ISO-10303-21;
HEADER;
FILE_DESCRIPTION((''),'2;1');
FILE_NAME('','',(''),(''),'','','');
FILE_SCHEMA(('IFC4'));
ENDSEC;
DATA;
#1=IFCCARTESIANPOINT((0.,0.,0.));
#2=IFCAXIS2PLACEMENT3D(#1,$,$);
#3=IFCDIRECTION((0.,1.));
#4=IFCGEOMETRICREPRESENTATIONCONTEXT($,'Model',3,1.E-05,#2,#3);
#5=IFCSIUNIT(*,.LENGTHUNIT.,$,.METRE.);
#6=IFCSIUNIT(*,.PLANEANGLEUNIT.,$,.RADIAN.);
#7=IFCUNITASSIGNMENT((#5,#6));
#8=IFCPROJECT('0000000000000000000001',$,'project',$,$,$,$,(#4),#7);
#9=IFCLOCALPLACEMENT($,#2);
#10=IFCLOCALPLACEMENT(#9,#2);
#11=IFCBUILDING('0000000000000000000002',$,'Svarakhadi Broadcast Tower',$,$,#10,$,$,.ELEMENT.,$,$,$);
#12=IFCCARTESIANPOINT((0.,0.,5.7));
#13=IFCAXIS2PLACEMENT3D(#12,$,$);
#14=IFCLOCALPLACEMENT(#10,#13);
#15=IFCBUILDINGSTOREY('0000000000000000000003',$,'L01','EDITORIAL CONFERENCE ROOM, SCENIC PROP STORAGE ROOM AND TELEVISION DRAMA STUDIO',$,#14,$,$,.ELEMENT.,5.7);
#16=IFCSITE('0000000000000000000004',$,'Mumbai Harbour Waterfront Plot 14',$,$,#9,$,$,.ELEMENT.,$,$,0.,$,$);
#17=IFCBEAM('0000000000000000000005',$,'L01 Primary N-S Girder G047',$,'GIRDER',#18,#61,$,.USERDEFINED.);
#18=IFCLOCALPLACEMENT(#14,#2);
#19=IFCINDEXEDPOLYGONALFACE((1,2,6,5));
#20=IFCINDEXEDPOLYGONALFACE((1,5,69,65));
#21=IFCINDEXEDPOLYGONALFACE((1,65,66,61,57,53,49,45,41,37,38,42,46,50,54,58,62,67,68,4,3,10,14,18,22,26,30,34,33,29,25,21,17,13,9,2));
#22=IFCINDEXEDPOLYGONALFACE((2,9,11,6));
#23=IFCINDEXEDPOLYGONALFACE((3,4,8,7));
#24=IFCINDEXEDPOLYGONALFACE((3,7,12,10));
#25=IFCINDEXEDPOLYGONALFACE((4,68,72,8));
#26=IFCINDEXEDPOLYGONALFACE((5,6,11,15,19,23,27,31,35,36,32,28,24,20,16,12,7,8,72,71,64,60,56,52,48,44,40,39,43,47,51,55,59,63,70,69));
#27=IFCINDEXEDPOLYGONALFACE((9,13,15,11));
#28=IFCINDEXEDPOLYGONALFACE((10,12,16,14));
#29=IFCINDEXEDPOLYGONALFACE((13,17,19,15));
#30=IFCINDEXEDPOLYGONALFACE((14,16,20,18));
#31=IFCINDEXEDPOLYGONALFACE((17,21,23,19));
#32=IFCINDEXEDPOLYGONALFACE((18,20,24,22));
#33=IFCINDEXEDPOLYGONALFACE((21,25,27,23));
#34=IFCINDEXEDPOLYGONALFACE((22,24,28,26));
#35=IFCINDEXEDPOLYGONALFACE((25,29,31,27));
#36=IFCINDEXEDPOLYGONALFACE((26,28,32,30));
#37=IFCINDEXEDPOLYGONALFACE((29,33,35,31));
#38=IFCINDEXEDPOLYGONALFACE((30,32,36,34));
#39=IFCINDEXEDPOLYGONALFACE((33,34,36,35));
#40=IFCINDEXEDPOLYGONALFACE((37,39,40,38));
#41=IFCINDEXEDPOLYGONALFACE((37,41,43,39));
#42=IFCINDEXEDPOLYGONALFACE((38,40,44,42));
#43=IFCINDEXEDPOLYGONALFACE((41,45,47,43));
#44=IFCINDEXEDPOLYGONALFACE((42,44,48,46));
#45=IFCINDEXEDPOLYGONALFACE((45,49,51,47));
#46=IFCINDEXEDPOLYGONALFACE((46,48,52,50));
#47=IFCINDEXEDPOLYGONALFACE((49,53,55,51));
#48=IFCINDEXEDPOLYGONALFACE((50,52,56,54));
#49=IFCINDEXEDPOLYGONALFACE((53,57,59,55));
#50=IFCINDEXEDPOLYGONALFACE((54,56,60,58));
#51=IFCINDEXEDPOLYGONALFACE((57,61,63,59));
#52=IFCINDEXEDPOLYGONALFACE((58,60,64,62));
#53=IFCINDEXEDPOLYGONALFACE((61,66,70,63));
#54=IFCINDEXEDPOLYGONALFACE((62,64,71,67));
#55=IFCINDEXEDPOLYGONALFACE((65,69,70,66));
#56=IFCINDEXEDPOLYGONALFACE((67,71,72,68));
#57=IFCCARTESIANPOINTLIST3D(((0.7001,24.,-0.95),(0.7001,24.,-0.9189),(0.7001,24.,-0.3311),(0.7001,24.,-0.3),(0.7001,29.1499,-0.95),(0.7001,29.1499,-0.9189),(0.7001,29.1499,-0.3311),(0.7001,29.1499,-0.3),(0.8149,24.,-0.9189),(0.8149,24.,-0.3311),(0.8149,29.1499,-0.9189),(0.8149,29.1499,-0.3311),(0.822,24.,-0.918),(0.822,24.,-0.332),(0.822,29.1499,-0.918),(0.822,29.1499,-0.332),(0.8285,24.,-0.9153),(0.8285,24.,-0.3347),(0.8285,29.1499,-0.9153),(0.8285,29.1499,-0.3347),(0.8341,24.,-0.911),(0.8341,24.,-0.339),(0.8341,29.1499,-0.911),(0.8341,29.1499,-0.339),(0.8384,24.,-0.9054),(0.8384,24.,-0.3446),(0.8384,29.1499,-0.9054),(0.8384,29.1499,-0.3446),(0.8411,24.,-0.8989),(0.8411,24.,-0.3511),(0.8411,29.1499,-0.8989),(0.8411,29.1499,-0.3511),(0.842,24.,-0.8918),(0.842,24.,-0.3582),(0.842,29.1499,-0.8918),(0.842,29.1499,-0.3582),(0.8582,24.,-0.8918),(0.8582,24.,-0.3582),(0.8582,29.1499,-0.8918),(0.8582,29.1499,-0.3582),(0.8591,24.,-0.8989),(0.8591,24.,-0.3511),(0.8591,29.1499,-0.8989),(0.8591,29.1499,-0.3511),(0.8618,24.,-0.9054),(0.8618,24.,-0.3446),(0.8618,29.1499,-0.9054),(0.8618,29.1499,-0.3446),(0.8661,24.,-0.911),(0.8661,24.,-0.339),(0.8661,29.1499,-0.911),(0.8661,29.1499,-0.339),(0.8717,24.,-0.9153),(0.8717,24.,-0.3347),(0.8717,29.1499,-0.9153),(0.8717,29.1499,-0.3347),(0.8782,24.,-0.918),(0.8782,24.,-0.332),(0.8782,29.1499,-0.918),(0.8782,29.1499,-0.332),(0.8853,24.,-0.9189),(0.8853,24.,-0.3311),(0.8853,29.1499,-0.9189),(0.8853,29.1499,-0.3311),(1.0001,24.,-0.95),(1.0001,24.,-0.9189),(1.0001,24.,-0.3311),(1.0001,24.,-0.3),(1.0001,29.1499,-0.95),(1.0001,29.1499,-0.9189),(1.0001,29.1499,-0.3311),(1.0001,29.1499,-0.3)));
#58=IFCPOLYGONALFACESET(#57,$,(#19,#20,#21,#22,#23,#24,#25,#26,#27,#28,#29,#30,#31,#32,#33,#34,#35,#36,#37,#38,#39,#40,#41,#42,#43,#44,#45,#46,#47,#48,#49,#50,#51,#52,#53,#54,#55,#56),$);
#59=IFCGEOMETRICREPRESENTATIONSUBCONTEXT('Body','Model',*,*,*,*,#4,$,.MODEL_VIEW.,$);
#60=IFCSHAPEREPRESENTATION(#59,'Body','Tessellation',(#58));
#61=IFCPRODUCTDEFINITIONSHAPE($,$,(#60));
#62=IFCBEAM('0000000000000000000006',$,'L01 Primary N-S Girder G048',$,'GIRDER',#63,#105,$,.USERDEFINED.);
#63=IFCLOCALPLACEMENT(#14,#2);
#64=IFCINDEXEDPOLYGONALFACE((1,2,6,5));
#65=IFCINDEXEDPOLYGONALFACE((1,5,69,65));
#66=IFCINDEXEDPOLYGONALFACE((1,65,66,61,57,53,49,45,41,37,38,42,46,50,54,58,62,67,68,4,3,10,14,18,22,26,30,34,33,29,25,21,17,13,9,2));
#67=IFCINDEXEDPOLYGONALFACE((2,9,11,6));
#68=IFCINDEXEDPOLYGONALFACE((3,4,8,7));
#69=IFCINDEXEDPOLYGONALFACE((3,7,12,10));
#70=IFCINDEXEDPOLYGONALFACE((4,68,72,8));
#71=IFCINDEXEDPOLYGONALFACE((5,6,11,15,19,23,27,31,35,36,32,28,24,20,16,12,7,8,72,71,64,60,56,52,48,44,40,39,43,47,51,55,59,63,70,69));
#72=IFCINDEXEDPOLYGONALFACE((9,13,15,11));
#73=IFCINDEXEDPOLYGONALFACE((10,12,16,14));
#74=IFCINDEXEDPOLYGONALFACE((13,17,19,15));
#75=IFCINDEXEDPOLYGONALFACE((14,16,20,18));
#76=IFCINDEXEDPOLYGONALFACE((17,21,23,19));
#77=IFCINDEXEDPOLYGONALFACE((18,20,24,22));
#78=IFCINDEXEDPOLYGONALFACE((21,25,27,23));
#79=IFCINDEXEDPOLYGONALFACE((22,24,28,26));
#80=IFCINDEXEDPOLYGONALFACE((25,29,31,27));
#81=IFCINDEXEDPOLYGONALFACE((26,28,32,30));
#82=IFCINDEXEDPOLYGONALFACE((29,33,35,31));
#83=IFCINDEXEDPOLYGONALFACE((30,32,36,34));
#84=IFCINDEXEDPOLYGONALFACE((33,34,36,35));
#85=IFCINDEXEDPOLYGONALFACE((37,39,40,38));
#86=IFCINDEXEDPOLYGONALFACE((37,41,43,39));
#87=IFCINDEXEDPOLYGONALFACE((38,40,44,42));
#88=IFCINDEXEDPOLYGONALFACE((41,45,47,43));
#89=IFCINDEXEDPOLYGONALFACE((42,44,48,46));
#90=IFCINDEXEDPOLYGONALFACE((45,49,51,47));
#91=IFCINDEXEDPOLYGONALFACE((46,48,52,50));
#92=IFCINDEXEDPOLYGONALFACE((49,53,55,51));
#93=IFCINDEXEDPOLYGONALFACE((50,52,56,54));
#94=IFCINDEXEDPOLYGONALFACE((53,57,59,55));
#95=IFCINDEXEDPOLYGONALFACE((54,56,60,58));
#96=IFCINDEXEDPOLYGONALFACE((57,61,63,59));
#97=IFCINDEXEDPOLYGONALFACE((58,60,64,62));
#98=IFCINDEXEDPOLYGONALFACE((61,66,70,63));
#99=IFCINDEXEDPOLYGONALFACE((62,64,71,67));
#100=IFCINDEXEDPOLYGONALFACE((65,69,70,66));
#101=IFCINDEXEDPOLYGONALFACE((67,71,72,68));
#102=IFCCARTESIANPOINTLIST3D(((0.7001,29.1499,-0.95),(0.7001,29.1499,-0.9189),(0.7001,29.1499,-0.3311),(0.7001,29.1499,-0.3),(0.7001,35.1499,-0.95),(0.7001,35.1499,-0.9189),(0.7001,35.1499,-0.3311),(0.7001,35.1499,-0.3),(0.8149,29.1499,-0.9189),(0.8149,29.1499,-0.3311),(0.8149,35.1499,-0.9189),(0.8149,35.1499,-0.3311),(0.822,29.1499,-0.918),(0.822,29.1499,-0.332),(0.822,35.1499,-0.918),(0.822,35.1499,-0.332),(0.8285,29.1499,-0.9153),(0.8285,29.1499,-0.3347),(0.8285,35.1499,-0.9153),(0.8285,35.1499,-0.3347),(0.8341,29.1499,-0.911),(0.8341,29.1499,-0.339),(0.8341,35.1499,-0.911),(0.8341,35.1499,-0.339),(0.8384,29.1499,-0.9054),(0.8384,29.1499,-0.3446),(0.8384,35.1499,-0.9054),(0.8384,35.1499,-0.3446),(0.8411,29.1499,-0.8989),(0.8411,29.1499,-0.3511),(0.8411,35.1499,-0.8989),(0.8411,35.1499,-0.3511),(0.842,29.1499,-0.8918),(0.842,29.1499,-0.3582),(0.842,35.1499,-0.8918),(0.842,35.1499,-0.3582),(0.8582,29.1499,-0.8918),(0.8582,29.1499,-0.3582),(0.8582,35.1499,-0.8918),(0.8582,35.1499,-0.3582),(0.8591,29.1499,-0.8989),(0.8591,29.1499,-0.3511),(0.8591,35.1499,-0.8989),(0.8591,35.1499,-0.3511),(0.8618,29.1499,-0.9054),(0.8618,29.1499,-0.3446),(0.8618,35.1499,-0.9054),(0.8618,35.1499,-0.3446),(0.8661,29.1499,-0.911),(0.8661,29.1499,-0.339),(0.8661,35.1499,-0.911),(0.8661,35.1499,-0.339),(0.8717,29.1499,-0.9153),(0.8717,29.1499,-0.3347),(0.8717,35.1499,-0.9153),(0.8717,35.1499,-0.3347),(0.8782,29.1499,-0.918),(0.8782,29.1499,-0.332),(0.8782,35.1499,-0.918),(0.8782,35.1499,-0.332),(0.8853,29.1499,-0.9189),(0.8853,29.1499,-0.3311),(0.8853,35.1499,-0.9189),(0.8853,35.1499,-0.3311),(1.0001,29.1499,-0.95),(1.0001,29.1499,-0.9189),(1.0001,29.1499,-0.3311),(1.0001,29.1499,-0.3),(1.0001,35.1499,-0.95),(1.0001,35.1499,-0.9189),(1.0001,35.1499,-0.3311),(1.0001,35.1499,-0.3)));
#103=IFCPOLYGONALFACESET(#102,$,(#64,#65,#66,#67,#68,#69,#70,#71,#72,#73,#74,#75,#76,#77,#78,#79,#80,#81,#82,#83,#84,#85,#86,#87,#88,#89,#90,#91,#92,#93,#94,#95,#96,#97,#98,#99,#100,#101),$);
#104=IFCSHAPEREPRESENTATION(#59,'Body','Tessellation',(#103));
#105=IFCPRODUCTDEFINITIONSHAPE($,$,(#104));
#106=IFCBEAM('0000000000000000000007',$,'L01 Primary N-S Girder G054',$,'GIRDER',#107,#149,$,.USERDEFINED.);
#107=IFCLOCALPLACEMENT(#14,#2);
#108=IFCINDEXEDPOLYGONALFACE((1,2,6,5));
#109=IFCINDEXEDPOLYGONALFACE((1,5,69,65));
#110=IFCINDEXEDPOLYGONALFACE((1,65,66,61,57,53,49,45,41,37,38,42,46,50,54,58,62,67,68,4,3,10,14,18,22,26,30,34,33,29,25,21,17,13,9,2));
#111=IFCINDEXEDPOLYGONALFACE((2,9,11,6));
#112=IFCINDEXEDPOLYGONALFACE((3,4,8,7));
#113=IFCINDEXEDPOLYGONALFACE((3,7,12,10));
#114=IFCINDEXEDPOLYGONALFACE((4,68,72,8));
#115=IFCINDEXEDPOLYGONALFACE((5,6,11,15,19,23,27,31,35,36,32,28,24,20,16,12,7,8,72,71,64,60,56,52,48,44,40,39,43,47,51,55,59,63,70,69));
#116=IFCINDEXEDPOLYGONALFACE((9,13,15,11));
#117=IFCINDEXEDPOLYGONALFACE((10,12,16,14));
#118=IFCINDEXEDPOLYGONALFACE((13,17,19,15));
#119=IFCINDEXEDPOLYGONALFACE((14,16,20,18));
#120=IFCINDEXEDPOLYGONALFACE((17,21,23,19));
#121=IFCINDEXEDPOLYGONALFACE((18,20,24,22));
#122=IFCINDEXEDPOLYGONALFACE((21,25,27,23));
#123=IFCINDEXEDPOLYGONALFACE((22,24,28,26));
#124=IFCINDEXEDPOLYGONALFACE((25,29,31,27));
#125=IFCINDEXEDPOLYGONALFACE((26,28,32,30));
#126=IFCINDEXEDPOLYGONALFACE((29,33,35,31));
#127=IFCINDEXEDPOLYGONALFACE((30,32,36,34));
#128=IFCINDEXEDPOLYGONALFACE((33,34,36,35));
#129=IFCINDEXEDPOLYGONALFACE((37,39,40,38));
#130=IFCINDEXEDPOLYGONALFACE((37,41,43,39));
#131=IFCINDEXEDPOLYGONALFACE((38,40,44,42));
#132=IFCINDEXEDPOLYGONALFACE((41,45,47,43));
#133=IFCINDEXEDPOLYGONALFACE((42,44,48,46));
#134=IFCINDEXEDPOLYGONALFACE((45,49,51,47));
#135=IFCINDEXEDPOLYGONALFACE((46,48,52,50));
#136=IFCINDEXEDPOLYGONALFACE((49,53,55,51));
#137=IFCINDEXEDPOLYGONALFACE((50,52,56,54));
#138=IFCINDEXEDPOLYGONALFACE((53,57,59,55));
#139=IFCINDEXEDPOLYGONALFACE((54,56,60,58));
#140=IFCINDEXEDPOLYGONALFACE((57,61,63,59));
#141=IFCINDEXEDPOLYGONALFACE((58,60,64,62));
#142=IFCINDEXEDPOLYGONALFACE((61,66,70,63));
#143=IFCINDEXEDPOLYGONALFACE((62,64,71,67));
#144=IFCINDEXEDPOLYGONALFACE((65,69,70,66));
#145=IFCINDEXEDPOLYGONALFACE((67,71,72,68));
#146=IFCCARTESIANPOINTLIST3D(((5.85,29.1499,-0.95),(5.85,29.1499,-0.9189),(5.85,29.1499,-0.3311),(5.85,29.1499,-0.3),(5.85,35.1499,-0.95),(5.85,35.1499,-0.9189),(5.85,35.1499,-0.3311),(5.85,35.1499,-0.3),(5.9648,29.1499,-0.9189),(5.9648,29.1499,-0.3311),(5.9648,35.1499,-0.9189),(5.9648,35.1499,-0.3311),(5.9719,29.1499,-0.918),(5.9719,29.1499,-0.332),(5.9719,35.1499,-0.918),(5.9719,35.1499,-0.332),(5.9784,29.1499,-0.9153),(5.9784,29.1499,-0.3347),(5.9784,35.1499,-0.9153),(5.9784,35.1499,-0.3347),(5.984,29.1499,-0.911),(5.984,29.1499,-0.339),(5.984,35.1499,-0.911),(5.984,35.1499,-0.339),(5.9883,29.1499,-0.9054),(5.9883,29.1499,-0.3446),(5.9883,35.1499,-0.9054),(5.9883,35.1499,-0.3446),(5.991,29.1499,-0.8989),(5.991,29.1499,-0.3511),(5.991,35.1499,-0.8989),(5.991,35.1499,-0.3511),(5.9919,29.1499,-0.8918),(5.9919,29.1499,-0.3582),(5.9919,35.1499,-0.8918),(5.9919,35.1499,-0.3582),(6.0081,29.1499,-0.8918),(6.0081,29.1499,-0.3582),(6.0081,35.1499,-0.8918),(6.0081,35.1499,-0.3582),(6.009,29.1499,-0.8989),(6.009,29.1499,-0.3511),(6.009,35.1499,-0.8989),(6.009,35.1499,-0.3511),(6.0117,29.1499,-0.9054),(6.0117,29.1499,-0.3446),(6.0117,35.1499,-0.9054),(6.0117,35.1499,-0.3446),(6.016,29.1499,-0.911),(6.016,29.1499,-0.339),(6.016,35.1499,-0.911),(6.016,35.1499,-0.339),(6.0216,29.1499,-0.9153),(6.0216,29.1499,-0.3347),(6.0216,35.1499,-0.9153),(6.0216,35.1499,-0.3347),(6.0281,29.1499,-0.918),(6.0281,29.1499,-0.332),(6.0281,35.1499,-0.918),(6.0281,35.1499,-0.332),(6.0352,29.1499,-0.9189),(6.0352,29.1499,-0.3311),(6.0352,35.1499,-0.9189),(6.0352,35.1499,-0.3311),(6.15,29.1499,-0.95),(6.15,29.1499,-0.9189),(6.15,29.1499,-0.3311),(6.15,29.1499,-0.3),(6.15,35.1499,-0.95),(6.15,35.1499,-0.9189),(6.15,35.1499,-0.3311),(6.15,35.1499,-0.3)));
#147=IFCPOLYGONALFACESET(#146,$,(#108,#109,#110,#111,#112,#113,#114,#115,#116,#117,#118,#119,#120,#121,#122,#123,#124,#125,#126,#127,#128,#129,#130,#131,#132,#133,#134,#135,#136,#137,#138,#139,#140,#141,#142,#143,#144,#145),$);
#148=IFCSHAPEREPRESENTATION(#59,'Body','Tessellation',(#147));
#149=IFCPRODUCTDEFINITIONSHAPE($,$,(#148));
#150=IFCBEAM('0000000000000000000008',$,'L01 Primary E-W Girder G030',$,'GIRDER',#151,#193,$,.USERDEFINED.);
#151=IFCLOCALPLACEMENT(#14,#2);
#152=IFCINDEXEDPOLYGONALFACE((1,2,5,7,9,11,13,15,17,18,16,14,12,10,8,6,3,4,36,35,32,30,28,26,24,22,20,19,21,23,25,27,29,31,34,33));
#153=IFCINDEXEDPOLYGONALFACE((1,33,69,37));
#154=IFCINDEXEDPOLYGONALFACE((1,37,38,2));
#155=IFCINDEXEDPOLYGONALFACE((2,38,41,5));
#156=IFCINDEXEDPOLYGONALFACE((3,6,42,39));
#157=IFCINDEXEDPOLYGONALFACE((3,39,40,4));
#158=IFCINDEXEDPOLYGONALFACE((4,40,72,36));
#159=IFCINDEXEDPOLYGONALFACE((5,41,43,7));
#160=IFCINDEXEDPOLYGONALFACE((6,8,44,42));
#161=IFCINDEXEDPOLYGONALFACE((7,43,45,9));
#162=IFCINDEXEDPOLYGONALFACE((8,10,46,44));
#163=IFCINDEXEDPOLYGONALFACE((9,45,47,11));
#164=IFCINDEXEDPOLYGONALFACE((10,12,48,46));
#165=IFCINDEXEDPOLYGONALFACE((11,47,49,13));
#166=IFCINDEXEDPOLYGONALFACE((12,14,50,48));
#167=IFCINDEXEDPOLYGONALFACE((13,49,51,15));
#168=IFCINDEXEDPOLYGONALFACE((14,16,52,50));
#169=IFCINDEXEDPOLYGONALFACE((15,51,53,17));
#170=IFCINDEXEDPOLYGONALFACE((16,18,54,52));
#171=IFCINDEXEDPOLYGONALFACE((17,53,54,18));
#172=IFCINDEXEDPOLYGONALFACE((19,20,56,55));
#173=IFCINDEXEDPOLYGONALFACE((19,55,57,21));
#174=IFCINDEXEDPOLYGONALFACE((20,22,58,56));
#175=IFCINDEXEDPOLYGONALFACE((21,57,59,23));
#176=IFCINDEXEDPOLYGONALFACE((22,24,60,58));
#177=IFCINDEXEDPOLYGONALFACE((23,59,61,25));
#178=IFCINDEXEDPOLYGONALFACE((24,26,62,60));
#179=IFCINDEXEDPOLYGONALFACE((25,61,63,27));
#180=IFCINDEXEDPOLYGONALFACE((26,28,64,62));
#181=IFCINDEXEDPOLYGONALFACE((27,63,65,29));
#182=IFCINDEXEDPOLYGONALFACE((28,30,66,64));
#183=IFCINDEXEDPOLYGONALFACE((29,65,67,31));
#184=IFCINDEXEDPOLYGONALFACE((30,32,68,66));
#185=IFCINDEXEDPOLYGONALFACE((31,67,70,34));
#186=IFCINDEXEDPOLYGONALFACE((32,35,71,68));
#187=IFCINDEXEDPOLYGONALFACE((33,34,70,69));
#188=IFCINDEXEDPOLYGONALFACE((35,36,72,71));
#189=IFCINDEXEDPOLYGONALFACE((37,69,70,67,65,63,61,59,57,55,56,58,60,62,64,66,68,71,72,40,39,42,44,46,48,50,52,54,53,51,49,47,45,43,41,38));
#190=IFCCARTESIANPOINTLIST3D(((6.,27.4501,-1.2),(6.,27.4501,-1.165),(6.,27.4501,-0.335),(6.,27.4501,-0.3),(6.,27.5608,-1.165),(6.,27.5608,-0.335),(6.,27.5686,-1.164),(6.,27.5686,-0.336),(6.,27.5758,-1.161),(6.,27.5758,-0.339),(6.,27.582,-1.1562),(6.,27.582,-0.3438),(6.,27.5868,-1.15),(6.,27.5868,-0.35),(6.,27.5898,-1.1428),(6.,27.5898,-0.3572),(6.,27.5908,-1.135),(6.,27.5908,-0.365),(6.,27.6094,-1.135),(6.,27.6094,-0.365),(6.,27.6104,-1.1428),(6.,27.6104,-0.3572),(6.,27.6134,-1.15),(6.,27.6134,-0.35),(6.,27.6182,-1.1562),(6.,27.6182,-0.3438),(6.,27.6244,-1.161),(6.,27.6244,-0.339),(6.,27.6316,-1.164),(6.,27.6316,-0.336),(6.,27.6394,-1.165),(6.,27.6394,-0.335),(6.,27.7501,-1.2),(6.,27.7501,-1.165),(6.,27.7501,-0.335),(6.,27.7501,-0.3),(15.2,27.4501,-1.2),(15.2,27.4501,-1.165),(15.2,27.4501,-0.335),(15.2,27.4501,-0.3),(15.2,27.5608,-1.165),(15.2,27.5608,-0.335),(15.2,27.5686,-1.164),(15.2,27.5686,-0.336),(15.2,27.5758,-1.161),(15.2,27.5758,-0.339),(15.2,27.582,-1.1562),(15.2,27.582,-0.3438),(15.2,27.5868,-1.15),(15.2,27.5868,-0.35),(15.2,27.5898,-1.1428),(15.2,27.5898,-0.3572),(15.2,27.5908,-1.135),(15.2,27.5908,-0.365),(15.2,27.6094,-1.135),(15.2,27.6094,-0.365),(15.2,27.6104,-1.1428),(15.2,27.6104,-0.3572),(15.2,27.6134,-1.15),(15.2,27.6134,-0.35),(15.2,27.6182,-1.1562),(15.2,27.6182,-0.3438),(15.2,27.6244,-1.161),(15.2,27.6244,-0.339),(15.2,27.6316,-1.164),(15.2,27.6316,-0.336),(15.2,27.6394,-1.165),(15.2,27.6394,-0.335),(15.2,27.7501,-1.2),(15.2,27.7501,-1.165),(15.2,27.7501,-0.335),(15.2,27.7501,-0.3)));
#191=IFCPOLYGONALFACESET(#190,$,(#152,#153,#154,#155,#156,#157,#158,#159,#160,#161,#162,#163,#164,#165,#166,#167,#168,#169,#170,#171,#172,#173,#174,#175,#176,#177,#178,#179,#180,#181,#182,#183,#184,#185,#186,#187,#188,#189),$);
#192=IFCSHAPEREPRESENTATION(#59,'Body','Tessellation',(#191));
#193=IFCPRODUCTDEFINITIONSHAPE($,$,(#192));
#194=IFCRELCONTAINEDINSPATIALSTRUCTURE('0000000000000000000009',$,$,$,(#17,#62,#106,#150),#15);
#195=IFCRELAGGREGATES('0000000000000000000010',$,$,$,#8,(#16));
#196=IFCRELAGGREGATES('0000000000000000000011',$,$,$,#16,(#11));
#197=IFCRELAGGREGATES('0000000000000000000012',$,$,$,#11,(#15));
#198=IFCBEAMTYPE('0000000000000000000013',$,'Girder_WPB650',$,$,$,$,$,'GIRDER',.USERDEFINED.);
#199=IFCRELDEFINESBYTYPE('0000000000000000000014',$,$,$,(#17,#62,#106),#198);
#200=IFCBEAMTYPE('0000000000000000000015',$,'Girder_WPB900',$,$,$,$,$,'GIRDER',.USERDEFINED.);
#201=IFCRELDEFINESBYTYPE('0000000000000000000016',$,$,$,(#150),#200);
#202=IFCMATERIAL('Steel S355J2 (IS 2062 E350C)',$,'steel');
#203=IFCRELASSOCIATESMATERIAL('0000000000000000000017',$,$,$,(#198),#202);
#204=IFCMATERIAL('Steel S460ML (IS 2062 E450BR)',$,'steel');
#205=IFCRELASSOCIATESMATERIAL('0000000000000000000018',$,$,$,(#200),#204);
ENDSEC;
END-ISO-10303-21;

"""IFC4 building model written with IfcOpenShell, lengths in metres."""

from ifc_helpers import new_model, si_unit, direction, frame, origin, origin_2d, place, context, subcontext, project, spatial, i_section, extrude, material, material_profile, profile_set, type_object, element, save


model = new_model("IFC4")

# Units and contexts
model_context = context("Model", 3, precision=1e-05, world=origin(), true_north=direction((0.0, 1.0)))
body_context = subcontext(model_context, "Body", "Model", "MODEL_VIEW")
ifc_project = project(units=[si_unit("LENGTHUNIT", "METRE"), si_unit("PLANEANGLEUNIT", "RADIAN")], contexts=[model_context])

# Site, building, storey
site_placement = place(None, origin())
site = spatial("IfcSite", under=ifc_project, at=site_placement, Name="Mumbai Harbour Waterfront Plot 14", CompositionType="ELEMENT", RefElevation=0.0)
building_placement = place(site_placement, origin())
building = spatial("IfcBuilding", under=site, at=building_placement, Name="Svarakhadi Broadcast Tower", CompositionType="ELEMENT")
storey_placement = place(building_placement, frame((0.0, 0.0, 5.7)))
storey = spatial("IfcBuildingStorey", under=building, at=storey_placement, Name="L01", Description="EDITORIAL CONFERENCE ROOM, SCENIC PROP STORAGE ROOM AND TELEVISION DRAMA STUDIO", CompositionType="ELEMENT", Elevation=5.7)

# Shared definitions
ifc_material_1 = material(Name="Steel S460ML (IS 2062 E450BR)", Category="steel")

# Shared definitions
ifc_material_2 = material(Name="Steel S355J2 (IS 2062 E350C)", Category="steel")

# Beams
ifc_material_profile_1 = material_profile(ifc_material_2, i_section(OverallWidth=0.3, OverallDepth=0.6499, WebThickness=0.0161, FlangeThickness=0.031, FilletRadius=0.0271, at=origin_2d()), Name="WPB 650x300x225")
ifc_profile_set_1 = profile_set([ifc_material_profile_1], Name="Steel S355J2 (IS 2062 E350C)")
beam_type_1 = type_object("IfcBeamType", Name="Girder_WPB650", ElementType="GIRDER", PredefinedType="USERDEFINED", material=ifc_profile_set_1)
for number, where, z_axis, x_axis, name in (
    (1, (0.8501, 24.0, -0.625), (0.0, 1.0, 0.0), (-1.0, 0.0, 0.0), "L01 Primary N-S Girder G047"),
):
    element("IfcBeam", number, at=place(storey_placement, frame(where, z_axis=z_axis, x_axis=x_axis)), inside=storey, type_object=beam_type_1, Name=name, ObjectType="GIRDER", PredefinedType="USERDEFINED", context=body_context, shape_type="SweptSolid", body=[
        extrude(i_section(OverallWidth=0.3, OverallDepth=0.6499, WebThickness=0.0161, FlangeThickness=0.031, FilletRadius=0.0271, at=origin_2d()), origin(), (0.0, 0.0, 1.0), 5.1499),
    ])
for number, where, z_axis, x_axis, name in (
    (2, (0.8501, 29.1499, -0.625), (0.0, 1.0, 0.0), (-1.0, 0.0, 0.0), "L01 Primary N-S Girder G048"),
    (3, (6.0, 29.1499, -0.625), (0.0, 1.0, 0.0), (-1.0, 0.0, 0.0), "L01 Primary N-S Girder G054"),
):
    element("IfcBeam", number, at=place(storey_placement, frame(where, z_axis=z_axis, x_axis=x_axis)), inside=storey, type_object=beam_type_1, Name=name, ObjectType="GIRDER", PredefinedType="USERDEFINED", context=body_context, shape_type="SweptSolid", body=[
        extrude(i_section(OverallWidth=0.3, OverallDepth=0.6499, WebThickness=0.0161, FlangeThickness=0.031, FilletRadius=0.0271, at=origin_2d()), origin(), (0.0, 0.0, 1.0), 6.0),
    ])
ifc_material_profile_2 = material_profile(ifc_material_1, i_section(OverallWidth=0.3, OverallDepth=0.8999, WebThickness=0.0186, FlangeThickness=0.0349, FilletRadius=0.03, at=origin_2d()), Name="WPB 900x300x291")
ifc_profile_set_2 = profile_set([ifc_material_profile_2], Name="Steel S460ML (IS 2062 E450BR)")
beam_type_2 = type_object("IfcBeamType", Name="Girder_WPB900", ElementType="GIRDER", PredefinedType="USERDEFINED", material=ifc_profile_set_2)
beam_1_placement = place(storey_placement, frame((6.0, 27.6001, -0.75), z_axis=(1.0, 0.0, 0.0), x_axis=(0.0, 1.0, 0.0)))
element("IfcBeam", 4, at=beam_1_placement, inside=storey, type_object=beam_type_2, Name="L01 Primary E-W Girder G030", ObjectType="GIRDER", PredefinedType="USERDEFINED", context=body_context, shape_type="SweptSolid", body=[
    extrude(i_section(OverallWidth=0.3, OverallDepth=0.8999, WebThickness=0.0186, FlangeThickness=0.0349, FilletRadius=0.03, at=origin_2d()), origin(), (0.0, 0.0, 1.0), 9.2),
])

save(model, "model.ifc")
